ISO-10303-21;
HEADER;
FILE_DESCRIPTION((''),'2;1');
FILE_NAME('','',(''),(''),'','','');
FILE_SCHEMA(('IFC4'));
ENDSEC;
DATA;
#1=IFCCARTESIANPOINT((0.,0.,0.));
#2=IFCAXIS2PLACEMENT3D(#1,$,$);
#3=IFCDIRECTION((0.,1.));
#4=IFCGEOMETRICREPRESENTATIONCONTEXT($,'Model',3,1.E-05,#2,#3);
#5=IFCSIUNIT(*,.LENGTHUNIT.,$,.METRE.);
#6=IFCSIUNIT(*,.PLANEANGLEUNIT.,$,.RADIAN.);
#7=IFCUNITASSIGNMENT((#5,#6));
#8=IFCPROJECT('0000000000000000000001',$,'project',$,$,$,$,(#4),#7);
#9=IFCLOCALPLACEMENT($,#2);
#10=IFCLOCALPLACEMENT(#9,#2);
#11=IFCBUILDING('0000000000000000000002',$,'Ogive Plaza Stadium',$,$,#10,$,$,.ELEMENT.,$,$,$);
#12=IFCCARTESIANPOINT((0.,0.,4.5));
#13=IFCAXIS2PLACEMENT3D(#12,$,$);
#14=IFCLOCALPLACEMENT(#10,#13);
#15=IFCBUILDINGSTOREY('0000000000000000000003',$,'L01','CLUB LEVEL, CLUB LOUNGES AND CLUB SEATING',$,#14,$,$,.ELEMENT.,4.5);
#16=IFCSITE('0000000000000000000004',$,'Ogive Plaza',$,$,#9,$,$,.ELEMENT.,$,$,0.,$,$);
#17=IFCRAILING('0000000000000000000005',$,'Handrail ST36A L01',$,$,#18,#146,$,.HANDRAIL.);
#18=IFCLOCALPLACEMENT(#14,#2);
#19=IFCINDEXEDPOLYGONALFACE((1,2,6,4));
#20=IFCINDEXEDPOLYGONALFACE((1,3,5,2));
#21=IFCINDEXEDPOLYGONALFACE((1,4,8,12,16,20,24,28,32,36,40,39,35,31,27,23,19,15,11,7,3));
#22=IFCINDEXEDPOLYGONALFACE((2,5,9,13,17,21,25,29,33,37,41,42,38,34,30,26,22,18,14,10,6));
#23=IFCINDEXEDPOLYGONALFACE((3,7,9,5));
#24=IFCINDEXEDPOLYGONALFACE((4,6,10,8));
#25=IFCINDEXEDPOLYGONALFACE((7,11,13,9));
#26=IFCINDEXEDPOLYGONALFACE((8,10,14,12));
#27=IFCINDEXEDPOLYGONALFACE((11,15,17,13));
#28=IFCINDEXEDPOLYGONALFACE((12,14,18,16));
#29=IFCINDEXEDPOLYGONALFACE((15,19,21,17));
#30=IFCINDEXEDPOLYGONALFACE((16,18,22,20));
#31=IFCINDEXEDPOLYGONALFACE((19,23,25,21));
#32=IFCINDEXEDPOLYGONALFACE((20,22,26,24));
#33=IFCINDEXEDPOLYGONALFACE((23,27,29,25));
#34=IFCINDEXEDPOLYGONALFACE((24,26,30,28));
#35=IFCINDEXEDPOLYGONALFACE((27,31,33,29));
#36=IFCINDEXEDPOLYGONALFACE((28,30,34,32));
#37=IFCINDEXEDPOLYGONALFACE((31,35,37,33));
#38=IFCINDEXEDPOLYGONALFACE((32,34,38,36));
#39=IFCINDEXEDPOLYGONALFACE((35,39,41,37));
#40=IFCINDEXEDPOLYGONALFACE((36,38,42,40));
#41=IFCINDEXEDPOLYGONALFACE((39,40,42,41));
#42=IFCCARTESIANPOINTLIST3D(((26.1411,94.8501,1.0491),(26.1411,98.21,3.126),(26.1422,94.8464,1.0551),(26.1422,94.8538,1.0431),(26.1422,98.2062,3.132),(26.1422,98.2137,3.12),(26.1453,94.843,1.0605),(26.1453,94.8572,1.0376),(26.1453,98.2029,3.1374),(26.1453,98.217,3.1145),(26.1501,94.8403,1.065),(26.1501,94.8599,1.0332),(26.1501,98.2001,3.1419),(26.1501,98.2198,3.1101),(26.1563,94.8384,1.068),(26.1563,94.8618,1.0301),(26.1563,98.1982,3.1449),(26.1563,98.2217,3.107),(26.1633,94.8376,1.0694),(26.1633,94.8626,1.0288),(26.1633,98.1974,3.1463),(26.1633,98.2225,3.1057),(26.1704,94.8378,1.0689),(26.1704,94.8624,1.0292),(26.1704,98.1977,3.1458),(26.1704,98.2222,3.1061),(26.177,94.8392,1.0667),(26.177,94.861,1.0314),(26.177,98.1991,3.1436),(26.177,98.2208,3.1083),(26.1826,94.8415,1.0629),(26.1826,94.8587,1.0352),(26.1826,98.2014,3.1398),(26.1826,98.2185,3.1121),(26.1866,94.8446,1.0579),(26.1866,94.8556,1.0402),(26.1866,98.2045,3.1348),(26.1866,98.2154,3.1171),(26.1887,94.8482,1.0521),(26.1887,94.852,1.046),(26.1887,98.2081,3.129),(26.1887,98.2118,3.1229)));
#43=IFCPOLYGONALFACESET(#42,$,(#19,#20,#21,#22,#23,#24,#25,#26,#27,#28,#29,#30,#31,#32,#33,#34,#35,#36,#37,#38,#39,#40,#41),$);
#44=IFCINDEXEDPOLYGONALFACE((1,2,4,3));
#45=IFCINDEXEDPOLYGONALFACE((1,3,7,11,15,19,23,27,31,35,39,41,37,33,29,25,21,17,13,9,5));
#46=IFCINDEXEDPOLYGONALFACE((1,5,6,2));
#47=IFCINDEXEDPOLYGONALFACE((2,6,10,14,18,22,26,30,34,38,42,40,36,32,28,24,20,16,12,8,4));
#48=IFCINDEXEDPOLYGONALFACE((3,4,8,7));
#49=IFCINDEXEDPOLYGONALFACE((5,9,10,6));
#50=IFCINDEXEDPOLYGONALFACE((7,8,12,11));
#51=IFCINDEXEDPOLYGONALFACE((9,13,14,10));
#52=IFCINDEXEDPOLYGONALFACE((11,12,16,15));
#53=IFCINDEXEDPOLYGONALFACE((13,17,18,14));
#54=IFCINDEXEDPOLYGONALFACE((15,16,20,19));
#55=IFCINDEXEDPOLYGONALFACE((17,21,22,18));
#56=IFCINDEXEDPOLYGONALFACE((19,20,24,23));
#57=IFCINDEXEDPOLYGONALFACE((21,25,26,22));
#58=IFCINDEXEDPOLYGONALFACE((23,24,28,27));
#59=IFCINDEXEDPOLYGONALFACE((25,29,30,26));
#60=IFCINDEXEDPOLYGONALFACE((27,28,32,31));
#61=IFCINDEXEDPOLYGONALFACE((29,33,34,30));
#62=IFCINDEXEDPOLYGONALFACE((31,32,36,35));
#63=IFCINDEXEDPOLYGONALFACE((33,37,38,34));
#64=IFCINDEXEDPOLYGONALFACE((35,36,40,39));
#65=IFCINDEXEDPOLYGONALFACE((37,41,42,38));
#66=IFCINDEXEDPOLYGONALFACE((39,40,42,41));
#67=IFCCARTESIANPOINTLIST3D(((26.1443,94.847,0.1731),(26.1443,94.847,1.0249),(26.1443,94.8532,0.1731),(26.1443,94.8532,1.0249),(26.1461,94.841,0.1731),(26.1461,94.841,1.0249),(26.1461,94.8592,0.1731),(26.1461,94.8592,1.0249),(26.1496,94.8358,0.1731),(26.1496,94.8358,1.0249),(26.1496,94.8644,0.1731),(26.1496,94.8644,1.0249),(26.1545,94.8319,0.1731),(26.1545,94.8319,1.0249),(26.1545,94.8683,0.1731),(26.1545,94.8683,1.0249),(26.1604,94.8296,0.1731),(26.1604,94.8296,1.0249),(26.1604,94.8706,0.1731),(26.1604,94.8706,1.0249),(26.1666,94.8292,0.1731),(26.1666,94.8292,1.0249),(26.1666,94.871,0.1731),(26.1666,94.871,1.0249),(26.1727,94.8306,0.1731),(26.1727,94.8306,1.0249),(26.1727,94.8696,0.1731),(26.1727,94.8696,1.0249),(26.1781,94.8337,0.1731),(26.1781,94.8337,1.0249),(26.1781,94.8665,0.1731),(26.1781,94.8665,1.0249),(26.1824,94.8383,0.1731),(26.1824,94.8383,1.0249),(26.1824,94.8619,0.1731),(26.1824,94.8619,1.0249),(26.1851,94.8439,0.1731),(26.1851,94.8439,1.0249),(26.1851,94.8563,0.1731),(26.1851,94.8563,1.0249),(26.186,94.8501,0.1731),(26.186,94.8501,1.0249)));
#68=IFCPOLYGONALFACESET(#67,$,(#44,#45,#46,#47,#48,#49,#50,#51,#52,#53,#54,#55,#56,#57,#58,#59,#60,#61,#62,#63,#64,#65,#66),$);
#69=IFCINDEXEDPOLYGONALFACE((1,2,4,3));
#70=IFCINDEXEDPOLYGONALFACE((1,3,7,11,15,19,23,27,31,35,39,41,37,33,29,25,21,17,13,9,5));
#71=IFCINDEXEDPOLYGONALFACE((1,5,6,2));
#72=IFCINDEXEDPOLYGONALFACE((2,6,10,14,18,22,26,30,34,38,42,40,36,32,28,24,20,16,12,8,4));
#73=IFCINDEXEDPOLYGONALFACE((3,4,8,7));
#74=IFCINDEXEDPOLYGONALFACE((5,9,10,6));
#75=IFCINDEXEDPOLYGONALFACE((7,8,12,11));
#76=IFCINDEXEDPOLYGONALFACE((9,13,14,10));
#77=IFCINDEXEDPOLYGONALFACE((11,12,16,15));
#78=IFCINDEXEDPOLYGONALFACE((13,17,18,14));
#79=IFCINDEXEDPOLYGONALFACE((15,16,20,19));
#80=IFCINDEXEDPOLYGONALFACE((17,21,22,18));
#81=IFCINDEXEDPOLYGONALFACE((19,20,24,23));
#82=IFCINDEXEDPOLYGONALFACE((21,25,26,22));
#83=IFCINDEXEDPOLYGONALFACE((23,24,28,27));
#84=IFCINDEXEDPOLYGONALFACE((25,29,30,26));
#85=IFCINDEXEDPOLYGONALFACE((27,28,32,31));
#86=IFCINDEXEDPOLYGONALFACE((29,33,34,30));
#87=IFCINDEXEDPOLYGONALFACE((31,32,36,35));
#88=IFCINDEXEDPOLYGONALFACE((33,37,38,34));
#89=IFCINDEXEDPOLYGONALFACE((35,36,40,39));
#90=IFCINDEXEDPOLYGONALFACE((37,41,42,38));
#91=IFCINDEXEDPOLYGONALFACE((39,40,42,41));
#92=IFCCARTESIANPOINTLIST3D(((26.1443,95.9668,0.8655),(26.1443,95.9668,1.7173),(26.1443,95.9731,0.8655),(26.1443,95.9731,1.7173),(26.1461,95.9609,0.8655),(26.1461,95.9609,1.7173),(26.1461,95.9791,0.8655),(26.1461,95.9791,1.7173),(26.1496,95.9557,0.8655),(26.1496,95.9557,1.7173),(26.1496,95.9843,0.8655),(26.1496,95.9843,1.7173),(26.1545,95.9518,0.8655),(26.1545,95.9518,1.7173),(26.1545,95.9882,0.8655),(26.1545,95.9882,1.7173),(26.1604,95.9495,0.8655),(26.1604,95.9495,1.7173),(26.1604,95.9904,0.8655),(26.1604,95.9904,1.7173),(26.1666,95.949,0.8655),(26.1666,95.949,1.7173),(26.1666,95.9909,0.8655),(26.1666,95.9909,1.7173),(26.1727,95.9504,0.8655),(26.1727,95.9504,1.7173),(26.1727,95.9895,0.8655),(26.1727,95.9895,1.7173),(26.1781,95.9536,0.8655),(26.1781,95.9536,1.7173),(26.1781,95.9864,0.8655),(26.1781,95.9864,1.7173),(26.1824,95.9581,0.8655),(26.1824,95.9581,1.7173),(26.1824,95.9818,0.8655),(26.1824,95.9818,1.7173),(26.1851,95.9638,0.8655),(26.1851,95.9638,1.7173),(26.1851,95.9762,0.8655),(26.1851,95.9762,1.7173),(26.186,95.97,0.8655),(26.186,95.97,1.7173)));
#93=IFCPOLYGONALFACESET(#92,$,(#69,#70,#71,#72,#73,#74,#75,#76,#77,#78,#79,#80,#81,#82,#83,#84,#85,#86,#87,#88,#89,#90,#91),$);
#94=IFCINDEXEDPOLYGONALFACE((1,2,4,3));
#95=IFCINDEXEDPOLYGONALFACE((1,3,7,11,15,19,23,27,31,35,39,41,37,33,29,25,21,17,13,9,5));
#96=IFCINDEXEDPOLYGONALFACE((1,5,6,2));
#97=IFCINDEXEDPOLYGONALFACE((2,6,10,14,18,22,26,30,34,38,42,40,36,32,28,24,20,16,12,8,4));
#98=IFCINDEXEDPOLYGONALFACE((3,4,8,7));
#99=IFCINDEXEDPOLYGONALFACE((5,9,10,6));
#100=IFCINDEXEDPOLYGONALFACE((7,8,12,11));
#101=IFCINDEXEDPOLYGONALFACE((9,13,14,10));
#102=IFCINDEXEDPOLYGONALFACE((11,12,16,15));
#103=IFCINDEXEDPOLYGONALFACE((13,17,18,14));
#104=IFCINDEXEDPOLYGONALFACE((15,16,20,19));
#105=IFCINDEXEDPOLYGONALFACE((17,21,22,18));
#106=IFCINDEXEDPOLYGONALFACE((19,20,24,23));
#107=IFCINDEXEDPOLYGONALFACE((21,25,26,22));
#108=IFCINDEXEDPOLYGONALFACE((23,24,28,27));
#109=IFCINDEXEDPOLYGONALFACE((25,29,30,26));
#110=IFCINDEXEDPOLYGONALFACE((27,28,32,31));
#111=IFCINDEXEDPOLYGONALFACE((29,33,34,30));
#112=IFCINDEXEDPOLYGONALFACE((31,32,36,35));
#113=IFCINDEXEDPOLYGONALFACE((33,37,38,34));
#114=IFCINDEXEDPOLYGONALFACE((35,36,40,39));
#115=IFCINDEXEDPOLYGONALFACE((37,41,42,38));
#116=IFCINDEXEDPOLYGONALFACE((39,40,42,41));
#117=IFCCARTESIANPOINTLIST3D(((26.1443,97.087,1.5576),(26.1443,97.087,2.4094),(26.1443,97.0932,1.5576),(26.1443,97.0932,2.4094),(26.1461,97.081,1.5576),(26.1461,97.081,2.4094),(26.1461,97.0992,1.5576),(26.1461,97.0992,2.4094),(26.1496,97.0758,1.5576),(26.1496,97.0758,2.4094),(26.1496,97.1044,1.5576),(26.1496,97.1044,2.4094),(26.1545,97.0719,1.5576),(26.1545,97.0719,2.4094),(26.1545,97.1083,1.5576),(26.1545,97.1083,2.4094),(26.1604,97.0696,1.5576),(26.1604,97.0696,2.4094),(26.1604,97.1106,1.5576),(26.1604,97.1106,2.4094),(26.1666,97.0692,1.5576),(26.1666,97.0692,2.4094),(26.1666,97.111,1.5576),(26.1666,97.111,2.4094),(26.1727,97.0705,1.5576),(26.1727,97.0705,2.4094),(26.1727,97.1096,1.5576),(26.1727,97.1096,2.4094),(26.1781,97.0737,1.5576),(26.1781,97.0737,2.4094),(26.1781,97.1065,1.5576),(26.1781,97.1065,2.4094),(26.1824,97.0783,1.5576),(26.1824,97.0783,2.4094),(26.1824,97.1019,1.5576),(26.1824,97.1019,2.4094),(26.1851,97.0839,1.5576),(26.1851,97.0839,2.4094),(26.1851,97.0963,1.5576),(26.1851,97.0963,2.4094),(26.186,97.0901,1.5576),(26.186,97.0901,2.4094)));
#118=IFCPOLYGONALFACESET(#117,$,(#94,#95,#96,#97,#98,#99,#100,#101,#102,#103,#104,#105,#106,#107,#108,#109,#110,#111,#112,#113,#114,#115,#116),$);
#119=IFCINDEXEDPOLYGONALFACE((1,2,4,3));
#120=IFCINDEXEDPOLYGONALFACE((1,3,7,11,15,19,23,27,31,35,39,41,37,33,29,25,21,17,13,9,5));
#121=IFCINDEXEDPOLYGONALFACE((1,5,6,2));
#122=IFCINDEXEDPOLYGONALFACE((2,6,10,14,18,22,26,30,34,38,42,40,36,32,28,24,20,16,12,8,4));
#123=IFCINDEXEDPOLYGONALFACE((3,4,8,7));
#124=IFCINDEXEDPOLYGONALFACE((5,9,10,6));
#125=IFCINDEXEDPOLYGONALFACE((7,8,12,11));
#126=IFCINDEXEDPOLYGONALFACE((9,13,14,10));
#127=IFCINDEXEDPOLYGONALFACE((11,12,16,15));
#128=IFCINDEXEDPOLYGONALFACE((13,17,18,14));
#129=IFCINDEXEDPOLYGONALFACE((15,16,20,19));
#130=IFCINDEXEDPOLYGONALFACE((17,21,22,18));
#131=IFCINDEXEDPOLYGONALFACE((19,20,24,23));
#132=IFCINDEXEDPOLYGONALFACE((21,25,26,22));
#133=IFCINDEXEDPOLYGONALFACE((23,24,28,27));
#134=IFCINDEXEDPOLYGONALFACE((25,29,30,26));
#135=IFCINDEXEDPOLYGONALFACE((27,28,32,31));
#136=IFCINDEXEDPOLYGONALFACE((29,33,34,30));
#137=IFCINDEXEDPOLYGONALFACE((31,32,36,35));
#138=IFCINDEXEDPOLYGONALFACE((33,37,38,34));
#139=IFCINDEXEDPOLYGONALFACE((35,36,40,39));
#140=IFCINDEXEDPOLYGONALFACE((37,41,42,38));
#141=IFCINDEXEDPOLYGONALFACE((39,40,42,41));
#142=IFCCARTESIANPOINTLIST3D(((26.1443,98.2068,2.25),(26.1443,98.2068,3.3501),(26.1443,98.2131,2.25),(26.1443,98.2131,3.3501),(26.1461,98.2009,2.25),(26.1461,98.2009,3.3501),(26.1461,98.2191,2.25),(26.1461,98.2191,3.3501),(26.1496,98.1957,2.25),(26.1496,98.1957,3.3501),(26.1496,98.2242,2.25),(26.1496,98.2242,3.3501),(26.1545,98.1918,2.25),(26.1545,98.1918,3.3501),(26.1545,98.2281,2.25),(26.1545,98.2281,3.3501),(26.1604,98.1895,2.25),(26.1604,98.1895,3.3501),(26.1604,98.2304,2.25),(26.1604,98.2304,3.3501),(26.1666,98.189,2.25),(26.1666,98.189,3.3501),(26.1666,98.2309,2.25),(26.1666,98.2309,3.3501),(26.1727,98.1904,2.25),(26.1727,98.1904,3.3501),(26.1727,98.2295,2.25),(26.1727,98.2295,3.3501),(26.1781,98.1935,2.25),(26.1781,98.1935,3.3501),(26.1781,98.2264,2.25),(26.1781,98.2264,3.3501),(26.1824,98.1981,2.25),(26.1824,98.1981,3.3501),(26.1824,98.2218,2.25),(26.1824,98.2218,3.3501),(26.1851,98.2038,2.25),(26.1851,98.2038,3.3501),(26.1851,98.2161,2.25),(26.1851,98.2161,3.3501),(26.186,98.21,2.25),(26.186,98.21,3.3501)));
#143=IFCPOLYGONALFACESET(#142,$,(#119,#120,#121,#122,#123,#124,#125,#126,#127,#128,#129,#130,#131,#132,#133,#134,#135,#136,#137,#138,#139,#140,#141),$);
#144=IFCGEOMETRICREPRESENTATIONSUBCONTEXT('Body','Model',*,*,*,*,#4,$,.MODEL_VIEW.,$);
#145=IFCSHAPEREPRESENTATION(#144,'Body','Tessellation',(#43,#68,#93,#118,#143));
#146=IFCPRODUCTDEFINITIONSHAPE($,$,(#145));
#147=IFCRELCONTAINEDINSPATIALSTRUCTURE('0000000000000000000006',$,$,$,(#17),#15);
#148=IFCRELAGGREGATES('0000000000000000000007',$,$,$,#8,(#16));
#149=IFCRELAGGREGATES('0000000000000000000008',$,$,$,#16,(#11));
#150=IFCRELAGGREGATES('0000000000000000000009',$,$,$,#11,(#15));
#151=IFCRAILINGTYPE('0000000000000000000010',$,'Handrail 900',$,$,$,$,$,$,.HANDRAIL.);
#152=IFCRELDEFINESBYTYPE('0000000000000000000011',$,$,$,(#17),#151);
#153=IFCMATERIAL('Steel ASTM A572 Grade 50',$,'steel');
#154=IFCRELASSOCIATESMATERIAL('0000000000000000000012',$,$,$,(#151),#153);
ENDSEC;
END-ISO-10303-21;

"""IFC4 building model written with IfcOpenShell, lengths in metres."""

from ifc_helpers import new_model, si_unit, direction, frame, origin, origin_2d, place, context, subcontext, project, spatial, circle, extrude, material, type_object, element, save


model = new_model("IFC4")

# Units and contexts
model_context = context("Model", 3, precision=1e-05, world=origin(), true_north=direction((0.0, 1.0)))
body_context = subcontext(model_context, "Body", "Model", "MODEL_VIEW")
ifc_project = project(units=[si_unit("LENGTHUNIT", "METRE"), si_unit("PLANEANGLEUNIT", "RADIAN")], contexts=[model_context])

# Site, building, storey
site_placement = place(None, origin())
site = spatial("IfcSite", under=ifc_project, at=site_placement, Name="Ogive Plaza", CompositionType="ELEMENT", RefElevation=0.0)
building_placement = place(site_placement, origin())
building = spatial("IfcBuilding", under=site, at=building_placement, Name="Ogive Plaza Stadium", CompositionType="ELEMENT")
storey_placement = place(building_placement, frame((0.0, 0.0, 4.5)))
storey = spatial("IfcBuildingStorey", under=building, at=storey_placement, Name="L01", Description="CLUB LEVEL, CLUB LOUNGES AND CLUB SEATING", CompositionType="ELEMENT", Elevation=4.5)

# Railing
ifc_material_1 = material(Name="Steel ASTM A572 Grade 50", Category="steel")
railing_type_1 = type_object("IfcRailingType", Name="Handrail 900", PredefinedType="HANDRAIL", material=ifc_material_1)
for number, where, name in (
    (1, (26.165, 94.8501, 0.1731), "Handrail ST36A L01"),
):
    element("IfcRailing", number, at=place(storey_placement, frame(where)), inside=storey, type_object=railing_type_1, Name=name, PredefinedType="HANDRAIL", context=body_context, shape_type="SweptSolid", body=[
        extrude(circle(Radius=0.0239, at=origin_2d()), frame((0.0, 0.0, 0.876), z_axis=(0.0, 0.850606, 0.525803), x_axis=(-1.0, 0.0, 0.0)), (0.0, 0.0, 1.0), 3.95),
        extrude(circle(Radius=0.021, at=origin_2d()), origin(), (0.0, 0.0, 1.0), 0.8518),
        extrude(circle(Radius=0.021, at=origin_2d()), frame((0.0, 1.1199, 0.6924)), (0.0, 0.0, 1.0), 0.8518),
        extrude(circle(Radius=0.021, at=origin_2d()), frame((0.0, 2.24, 1.3845)), (0.0, 0.0, 1.0), 0.8518),
        extrude(circle(Radius=0.021, at=origin_2d()), frame((0.0, 3.3599, 2.0769)), (0.0, 0.0, 1.0), 1.1001),
    ])

save(model, "model.ifc")
